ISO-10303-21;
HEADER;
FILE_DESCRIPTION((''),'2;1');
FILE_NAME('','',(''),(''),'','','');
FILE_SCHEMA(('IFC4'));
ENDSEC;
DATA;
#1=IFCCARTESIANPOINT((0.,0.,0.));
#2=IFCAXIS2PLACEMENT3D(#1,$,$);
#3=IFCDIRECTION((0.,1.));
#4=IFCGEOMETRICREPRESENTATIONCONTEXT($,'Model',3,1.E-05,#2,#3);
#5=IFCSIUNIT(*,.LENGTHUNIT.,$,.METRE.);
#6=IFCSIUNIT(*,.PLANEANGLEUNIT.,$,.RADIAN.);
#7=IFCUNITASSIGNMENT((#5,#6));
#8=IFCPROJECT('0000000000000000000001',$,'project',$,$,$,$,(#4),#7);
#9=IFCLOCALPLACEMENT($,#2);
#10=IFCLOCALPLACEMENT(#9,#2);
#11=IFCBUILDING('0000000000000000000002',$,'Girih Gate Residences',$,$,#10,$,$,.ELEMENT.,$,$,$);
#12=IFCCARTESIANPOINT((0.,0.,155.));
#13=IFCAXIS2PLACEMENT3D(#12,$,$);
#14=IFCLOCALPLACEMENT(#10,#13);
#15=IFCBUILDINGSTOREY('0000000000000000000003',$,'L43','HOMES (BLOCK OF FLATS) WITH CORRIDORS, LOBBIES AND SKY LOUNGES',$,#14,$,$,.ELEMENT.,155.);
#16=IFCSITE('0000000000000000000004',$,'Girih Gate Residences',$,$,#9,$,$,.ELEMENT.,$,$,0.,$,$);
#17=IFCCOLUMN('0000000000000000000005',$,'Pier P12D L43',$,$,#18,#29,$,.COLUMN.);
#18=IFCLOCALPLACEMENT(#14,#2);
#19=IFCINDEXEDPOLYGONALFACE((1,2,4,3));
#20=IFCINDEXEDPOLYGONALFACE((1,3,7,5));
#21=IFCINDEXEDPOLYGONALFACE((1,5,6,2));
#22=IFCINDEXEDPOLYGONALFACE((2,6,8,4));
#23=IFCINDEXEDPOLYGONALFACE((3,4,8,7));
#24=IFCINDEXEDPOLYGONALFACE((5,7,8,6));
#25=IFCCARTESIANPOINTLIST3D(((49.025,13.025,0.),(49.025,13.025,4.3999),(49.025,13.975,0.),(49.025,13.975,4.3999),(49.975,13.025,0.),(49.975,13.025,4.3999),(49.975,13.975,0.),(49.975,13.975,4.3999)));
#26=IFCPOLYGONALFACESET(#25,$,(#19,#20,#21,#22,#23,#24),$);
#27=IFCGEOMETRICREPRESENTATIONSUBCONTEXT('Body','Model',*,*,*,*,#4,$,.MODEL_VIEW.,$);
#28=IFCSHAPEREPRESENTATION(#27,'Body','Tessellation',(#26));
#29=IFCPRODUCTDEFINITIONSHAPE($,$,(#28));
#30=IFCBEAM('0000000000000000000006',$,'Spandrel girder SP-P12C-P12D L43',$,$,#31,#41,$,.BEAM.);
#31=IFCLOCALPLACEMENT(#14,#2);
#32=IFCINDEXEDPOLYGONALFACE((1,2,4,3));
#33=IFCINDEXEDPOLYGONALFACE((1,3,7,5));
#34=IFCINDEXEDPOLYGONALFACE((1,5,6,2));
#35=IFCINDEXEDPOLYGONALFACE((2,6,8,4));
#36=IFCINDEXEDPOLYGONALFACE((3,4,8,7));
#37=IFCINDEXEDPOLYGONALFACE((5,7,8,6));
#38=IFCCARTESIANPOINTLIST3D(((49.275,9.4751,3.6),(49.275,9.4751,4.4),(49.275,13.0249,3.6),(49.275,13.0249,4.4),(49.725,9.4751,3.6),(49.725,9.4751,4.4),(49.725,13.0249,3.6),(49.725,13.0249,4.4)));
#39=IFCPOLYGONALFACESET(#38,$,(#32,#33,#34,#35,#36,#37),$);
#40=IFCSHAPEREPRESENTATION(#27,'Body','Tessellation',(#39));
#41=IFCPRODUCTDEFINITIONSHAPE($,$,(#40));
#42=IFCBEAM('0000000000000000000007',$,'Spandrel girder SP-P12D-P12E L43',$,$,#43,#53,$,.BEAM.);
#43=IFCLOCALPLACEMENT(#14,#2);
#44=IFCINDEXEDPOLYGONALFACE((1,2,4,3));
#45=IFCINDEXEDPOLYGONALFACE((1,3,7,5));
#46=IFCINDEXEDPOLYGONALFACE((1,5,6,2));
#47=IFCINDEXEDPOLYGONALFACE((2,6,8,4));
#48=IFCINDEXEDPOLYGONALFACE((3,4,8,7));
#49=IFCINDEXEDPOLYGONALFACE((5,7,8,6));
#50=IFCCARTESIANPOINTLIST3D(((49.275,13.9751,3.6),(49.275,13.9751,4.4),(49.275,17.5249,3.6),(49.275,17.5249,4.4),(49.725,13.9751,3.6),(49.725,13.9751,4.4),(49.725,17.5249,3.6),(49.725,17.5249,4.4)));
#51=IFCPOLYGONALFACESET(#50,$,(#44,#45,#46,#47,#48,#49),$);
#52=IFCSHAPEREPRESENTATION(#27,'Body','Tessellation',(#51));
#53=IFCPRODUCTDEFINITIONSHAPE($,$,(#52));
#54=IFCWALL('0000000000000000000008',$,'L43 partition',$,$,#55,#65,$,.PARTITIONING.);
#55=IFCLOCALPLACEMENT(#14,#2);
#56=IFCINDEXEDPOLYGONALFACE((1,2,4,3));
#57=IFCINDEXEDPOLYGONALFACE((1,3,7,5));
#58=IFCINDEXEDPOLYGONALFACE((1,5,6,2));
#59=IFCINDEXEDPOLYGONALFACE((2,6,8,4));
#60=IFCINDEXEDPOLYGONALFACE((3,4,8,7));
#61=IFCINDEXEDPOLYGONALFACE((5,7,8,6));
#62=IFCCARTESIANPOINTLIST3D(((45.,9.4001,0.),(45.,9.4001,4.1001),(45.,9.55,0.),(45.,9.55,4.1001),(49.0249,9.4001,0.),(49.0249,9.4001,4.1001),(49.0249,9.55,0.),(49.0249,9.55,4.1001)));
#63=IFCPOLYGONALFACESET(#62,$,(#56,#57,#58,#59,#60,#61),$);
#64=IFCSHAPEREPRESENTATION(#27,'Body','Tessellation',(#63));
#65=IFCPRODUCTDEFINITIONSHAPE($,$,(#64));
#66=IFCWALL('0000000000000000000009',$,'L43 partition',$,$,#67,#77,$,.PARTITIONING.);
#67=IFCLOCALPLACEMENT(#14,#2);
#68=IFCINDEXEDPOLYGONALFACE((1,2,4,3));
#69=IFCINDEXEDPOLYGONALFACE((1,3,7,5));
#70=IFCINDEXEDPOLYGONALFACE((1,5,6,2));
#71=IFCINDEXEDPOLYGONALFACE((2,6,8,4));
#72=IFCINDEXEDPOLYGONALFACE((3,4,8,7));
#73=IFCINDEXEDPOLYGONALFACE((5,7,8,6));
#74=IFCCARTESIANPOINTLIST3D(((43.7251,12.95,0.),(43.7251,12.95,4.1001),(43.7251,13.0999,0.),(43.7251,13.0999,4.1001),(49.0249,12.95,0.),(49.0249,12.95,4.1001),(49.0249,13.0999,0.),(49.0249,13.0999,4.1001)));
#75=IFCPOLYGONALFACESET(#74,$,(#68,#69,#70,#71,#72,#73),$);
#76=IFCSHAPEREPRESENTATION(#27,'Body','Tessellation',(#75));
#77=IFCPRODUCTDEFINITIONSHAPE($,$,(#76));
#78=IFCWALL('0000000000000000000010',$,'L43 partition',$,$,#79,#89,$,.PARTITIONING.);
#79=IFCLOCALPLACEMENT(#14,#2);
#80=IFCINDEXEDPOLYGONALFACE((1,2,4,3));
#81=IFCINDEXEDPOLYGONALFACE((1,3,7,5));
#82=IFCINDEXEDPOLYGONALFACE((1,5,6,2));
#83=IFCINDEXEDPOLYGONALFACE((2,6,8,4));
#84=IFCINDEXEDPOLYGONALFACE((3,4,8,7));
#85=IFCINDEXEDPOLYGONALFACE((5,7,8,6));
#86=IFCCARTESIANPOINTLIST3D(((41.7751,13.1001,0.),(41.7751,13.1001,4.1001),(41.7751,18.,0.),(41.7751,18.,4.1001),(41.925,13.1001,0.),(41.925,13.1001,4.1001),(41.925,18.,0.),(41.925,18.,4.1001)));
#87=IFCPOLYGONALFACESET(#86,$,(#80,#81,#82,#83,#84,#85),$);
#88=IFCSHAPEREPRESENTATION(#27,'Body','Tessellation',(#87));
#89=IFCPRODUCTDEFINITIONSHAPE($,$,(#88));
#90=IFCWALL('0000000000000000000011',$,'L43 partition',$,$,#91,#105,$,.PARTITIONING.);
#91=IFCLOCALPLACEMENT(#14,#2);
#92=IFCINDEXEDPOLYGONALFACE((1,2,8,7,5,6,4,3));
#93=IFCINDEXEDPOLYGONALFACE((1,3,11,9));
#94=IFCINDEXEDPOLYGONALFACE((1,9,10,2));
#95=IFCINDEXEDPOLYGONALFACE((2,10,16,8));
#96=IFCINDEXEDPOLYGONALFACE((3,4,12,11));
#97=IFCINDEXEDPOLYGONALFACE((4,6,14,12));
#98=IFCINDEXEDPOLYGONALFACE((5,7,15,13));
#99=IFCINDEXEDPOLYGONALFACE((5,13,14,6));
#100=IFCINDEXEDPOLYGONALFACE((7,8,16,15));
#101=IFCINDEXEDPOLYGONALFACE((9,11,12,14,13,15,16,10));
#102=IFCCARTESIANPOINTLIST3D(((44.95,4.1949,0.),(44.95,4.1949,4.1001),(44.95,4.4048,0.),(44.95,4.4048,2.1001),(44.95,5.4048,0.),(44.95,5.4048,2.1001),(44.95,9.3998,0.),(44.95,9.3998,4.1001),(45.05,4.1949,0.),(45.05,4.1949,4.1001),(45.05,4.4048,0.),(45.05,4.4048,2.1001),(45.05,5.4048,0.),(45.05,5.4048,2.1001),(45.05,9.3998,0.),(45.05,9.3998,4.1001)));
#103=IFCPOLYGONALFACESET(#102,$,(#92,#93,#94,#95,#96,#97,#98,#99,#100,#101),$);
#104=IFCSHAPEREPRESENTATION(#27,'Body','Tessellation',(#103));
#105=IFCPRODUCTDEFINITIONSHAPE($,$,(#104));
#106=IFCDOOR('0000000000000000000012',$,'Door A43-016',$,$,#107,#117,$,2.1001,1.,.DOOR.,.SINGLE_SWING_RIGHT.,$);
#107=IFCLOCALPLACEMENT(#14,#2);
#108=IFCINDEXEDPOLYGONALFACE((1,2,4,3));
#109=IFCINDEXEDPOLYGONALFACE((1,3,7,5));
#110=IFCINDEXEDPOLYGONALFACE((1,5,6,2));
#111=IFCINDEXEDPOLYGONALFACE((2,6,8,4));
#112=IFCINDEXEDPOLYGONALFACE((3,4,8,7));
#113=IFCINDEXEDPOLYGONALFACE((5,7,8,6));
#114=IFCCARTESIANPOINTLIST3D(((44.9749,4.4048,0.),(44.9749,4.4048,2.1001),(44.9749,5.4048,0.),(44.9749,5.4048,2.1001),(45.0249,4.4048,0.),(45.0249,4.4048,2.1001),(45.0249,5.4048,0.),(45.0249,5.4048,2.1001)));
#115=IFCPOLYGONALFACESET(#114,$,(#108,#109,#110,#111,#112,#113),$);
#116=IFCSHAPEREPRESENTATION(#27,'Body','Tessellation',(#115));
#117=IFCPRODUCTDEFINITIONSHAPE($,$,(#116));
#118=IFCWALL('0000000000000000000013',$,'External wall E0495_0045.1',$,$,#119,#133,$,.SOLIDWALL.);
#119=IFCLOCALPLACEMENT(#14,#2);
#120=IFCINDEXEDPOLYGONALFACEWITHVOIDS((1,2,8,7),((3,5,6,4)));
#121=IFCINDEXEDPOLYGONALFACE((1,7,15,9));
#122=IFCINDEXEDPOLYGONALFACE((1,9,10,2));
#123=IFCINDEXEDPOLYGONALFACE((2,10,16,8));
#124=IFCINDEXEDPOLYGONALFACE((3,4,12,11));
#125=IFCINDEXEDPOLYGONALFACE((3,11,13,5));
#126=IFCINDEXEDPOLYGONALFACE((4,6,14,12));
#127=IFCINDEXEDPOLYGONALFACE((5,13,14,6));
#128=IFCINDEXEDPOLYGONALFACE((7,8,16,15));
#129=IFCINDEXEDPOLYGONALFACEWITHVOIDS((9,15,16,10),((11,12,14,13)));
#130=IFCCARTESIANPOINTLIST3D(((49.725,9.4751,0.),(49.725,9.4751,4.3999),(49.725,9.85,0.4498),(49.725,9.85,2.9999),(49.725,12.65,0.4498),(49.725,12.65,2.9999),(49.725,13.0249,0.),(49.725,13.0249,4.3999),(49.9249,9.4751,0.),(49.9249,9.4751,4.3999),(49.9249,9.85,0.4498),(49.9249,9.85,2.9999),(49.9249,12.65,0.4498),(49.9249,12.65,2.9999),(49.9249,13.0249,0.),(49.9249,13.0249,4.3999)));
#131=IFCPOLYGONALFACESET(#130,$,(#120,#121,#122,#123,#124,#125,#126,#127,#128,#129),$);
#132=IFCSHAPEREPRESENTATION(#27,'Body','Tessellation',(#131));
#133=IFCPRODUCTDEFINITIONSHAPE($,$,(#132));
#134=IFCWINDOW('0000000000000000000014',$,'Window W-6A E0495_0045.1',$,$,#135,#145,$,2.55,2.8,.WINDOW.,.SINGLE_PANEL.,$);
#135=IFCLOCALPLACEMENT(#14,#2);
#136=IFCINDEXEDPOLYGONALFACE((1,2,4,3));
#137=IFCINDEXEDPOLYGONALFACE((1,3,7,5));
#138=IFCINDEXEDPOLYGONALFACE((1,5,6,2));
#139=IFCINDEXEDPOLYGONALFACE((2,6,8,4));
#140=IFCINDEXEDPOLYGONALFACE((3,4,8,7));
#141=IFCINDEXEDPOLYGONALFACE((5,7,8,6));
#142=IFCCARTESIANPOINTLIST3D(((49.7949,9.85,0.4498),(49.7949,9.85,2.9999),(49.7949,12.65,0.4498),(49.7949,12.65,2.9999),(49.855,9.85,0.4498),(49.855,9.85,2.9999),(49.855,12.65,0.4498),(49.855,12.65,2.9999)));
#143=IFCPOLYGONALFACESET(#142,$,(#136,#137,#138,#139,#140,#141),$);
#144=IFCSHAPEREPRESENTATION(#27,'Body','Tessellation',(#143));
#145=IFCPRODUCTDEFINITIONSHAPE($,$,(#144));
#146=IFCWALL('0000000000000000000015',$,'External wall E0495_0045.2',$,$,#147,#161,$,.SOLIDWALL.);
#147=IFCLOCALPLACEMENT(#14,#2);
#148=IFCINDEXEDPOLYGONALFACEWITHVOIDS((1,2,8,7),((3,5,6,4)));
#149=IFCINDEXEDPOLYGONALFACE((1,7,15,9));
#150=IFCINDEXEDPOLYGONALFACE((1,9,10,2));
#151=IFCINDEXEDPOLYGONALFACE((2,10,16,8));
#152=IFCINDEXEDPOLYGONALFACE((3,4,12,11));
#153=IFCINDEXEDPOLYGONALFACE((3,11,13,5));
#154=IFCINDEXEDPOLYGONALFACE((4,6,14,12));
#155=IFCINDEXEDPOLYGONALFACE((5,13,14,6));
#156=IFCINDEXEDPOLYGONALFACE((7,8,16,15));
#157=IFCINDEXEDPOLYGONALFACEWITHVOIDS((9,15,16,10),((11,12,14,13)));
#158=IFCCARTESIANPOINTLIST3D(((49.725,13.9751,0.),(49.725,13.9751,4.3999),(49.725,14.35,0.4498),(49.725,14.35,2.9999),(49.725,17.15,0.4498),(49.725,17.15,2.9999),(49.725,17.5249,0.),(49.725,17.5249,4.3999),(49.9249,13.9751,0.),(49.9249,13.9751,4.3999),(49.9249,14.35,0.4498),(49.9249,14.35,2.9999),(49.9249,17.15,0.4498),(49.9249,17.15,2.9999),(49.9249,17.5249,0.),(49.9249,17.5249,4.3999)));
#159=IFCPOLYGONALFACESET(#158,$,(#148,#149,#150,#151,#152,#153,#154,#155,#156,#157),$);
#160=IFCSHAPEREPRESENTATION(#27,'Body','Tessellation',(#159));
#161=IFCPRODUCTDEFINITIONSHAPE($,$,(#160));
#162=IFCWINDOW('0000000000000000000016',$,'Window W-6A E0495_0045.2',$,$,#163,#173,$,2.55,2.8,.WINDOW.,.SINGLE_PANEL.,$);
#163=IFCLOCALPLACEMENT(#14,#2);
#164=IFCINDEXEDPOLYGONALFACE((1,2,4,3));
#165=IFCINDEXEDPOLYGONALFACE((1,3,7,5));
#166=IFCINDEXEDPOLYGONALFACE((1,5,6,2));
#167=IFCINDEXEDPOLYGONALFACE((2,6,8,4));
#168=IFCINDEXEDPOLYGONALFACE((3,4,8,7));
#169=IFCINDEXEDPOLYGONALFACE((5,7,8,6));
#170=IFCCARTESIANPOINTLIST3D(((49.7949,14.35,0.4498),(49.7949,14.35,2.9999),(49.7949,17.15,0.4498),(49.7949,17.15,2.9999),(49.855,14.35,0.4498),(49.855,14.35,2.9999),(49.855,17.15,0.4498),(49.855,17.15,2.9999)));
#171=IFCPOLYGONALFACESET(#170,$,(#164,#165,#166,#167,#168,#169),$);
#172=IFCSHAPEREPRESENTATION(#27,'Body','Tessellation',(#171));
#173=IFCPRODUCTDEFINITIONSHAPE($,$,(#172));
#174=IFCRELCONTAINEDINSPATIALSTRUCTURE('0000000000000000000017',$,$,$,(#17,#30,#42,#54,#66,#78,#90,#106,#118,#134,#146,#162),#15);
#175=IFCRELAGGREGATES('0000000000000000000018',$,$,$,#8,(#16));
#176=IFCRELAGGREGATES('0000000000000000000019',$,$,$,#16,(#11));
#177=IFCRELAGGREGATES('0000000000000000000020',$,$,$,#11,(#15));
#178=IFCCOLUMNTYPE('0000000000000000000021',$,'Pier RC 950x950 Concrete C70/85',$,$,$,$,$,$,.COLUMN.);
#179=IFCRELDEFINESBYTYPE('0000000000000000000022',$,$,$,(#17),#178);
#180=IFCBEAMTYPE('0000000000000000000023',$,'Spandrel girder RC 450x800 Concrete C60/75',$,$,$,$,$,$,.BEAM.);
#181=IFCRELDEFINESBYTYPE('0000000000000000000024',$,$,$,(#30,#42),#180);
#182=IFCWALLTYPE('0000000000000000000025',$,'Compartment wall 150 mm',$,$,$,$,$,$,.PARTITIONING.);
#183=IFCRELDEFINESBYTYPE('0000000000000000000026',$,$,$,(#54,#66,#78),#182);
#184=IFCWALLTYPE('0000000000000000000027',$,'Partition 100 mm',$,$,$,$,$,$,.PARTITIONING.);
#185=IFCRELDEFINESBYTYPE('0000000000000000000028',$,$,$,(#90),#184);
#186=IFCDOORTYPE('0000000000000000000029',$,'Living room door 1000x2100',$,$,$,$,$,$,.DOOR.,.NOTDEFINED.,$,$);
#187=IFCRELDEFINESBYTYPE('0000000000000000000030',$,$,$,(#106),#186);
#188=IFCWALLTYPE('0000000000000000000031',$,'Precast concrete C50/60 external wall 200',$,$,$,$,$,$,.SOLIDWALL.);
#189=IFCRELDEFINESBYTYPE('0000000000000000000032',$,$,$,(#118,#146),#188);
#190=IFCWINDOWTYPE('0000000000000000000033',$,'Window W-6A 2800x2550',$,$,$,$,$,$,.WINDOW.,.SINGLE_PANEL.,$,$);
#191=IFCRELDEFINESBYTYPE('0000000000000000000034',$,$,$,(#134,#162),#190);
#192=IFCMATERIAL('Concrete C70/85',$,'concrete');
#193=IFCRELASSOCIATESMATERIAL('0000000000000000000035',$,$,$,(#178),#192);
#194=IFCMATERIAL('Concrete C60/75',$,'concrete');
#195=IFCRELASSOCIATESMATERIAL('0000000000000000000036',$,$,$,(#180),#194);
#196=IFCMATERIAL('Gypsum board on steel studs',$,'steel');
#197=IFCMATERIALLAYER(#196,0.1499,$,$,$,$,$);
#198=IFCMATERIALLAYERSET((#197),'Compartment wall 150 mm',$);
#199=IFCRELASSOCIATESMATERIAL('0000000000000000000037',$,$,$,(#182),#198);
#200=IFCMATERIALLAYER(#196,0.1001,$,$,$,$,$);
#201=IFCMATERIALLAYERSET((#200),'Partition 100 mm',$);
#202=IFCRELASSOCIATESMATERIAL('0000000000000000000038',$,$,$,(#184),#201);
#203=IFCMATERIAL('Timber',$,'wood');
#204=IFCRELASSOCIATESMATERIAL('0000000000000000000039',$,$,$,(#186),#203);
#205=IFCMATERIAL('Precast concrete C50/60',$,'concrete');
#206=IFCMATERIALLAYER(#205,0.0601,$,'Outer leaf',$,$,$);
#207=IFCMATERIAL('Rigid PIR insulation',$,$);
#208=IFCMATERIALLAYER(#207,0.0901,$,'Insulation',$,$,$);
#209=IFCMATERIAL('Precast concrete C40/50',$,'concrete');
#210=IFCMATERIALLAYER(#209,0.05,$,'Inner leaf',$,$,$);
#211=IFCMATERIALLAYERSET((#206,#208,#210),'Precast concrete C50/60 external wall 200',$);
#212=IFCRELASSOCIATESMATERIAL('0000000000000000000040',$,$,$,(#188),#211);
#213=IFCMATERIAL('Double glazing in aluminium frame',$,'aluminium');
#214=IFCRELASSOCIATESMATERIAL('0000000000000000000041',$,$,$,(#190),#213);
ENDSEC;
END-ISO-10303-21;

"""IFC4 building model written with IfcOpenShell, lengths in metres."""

from ifc_helpers import new_model, si_unit, direction, frame, frame_2d, origin, origin_2d, place, context, subcontext, project, spatial, rectangle, extrude, material, layer, layer_set, material_profile, profile_set, type_object, element, fill, save


model = new_model("IFC4")

# Units and contexts
model_context = context("Model", 3, precision=1e-05, world=origin(), true_north=direction((0.0, 1.0)))
body_context = subcontext(model_context, "Body", "Model", "MODEL_VIEW")
ifc_project = project(units=[si_unit("LENGTHUNIT", "METRE"), si_unit("PLANEANGLEUNIT", "RADIAN")], contexts=[model_context])

# Site, building, storey
site_placement = place(None, origin())
site = spatial("IfcSite", under=ifc_project, at=site_placement, Name="Girih Gate Residences", CompositionType="ELEMENT", RefElevation=0.0)
building_placement = place(site_placement, origin())
building = spatial("IfcBuilding", under=site, at=building_placement, Name="Girih Gate Residences", CompositionType="ELEMENT")
storey_placement = place(building_placement, frame((0.0, 0.0, 155.0)))
storey = spatial("IfcBuildingStorey", under=building, at=storey_placement, Name="L43", Description="HOMES (BLOCK OF FLATS) WITH CORRIDORS, LOBBIES AND SKY LOUNGES", CompositionType="ELEMENT", Elevation=155.0)

# Column
ifc_material_1 = material(Name="Concrete C70/85", Category="concrete")
ifc_material_profile_1 = material_profile(ifc_material_1, rectangle(XDim=0.95, YDim=0.95, at=origin_2d()))
ifc_profile_set_1 = profile_set([ifc_material_profile_1], Name="Concrete C70/85")
column_type = type_object("IfcColumnType", Name="Pier RC 950x950 Concrete C70/85", PredefinedType="COLUMN", material=ifc_profile_set_1)
column_placement = place(storey_placement, frame((49.5, 13.5, 0.0), z_axis=(0.0, 0.0, 1.0), x_axis=(1.0, 0.0, 0.0)))
element("IfcColumn", 1, at=column_placement, inside=storey, type_object=column_type, Name="Pier P12D L43", PredefinedType="COLUMN", context=body_context, shape_type="SweptSolid", body=[
    extrude(rectangle(XDim=0.95, YDim=0.95, at=origin_2d()), origin(), (0.0, 0.0, 1.0), 4.3999),
])

# Beams
ifc_material_2 = material(Name="Concrete C60/75", Category="concrete")
ifc_material_profile_2 = material_profile(ifc_material_2, rectangle(XDim=0.45, YDim=0.8, at=origin_2d()))
ifc_profile_set_2 = profile_set([ifc_material_profile_2], Name="Concrete C60/75")
beam_type = type_object("IfcBeamType", Name="Spandrel girder RC 450x800 Concrete C60/75", PredefinedType="BEAM", material=ifc_profile_set_2)
for number, where, z_axis, x_axis, name in (
    (2, (49.5, 9.4751, 4.0), (0.0, 1.0, 0.0), (-1.0, 0.0, 0.0), "Spandrel girder SP-P12C-P12D L43"),
    (3, (49.5, 13.9751, 4.0), (0.0, 1.0, 0.0), (-1.0, 0.0, 0.0), "Spandrel girder SP-P12D-P12E L43"),
):
    element("IfcBeam", number, at=place(storey_placement, frame(where, z_axis=z_axis, x_axis=x_axis)), inside=storey, type_object=beam_type, Name=name, PredefinedType="BEAM", context=body_context, shape_type="SweptSolid", body=[
        extrude(rectangle(XDim=0.45, YDim=0.8, at=origin_2d()), origin(), (0.0, 0.0, 1.0), 3.5498),
    ])

# Shared definitions
ifc_material_3 = material(Name="Gypsum board on steel studs", Category="steel")
ifc_layer_1 = layer(ifc_material_3, 0.1499)
ifc_layer_set_1 = layer_set([ifc_layer_1], Name="Compartment wall 150 mm")
wall_type_1 = type_object("IfcWallType", Name="Compartment wall 150 mm", PredefinedType="PARTITIONING", material=ifc_layer_set_1)

# Wall
wall_1_placement = place(storey_placement, frame((45.0, 9.4751, 0.0), z_axis=(0.0, 0.0, 1.0), x_axis=(1.0, 0.0, 0.0)))
element("IfcWall", 4, at=wall_1_placement, inside=storey, type_object=wall_type_1, Name="L43 partition", PredefinedType="PARTITIONING", context=body_context, shape_type="SweptSolid", body=[
    extrude(rectangle(XDim=4.0249, YDim=0.1499, at=frame_2d((2.0125, 0.0))), origin(), (0.0, 0.0, 1.0), 4.1001),
])

# Walls
wall_2_placement = place(storey_placement, frame((43.7251, 13.0249, 0.0), z_axis=(0.0, 0.0, 1.0), x_axis=(1.0, 0.0, 0.0)))
element("IfcWall", 5, at=wall_2_placement, inside=storey, type_object=wall_type_1, Name="L43 partition", PredefinedType="PARTITIONING", context=body_context, shape_type="SweptSolid", body=[
    extrude(rectangle(XDim=5.2998, YDim=0.1499, at=frame_2d((2.6499, 0.0))), origin(), (0.0, 0.0, 1.0), 4.1001),
])
wall_3_placement = place(storey_placement, frame((41.8501, 13.1001, 0.0), z_axis=(0.0, 0.0, 1.0), x_axis=(0.0, 1.0, 0.0)))
element("IfcWall", 6, at=wall_3_placement, inside=storey, type_object=wall_type_1, Name="L43 partition", PredefinedType="PARTITIONING", context=body_context, shape_type="SweptSolid", body=[
    extrude(rectangle(XDim=4.8999, YDim=0.1499, at=frame_2d((2.45, 0.0))), origin(), (0.0, 0.0, 1.0), 4.1001),
])

# Wall, opening, door
ifc_layer_2 = layer(ifc_material_3, 0.1001)
ifc_layer_set_2 = layer_set([ifc_layer_2], Name="Partition 100 mm")
wall_type_2 = type_object("IfcWallType", Name="Partition 100 mm", PredefinedType="PARTITIONING", material=ifc_layer_set_2)
wall_4_placement = place(storey_placement, frame((45.0, 9.3999, 0.0), z_axis=(0.0, 0.0, 1.0), x_axis=(0.0, -1.0, 0.0)))
wall_4 = element("IfcWall", 7, at=wall_4_placement, inside=storey, type_object=wall_type_2, Name="L43 partition", PredefinedType="PARTITIONING", context=body_context, shape_type="SweptSolid", body=[
    extrude(rectangle(XDim=5.2048, YDim=0.1001, at=frame_2d((2.6025, 0.0))), origin(), (0.0, 0.0, 1.0), 4.1001),
])
opening_1_placement = place(wall_4_placement, frame((3.9951, 0.0, 0.0)))
opening_1 = element("IfcOpeningElement", 8, at=opening_1_placement, cuts=wall_4, PredefinedType="OPENING", context=body_context, shape_type="SweptSolid", body=[
    extrude(rectangle(XDim=1.0, YDim=2.1001, at=frame_2d((0.5, 1.05))), frame((0.0, 0.0601, 0.0), z_axis=(0.0, -1.0, 0.0), x_axis=(1.0, 0.0, 0.0)), (0.0, 0.0, 1.0), 0.1201),
])
ifc_material_4 = material(Name="Timber", Category="wood")
door_type_1 = type_object("IfcDoorType", Name="Living room door 1000x2100", OperationType="NOTDEFINED", PredefinedType="DOOR", material=ifc_material_4)
door_1_placement = place(opening_1_placement, origin())
door_1 = element("IfcDoor", 9, at=door_1_placement, inside=storey, type_object=door_type_1, Name="Door A43-016", OperationType="SINGLE_SWING_RIGHT", OverallHeight=2.1001, OverallWidth=1.0, PredefinedType="DOOR", context=body_context, shape_type="SweptSolid", body=[
    extrude(rectangle(XDim=1.0, YDim=2.1001, at=frame_2d((0.5, 1.05))), frame((0.0, 0.0249, 0.0), z_axis=(0.0, -1.0, 0.0), x_axis=(1.0, 0.0, 0.0)), (0.0, 0.0, 1.0), 0.05),
])
fill(opening_1, door_1)

# Walls, openings, windows
ifc_material_5 = material(Name="Precast concrete C50/60", Category="concrete")
ifc_layer_3 = layer(ifc_material_5, 0.0601, Name="Outer leaf")
ifc_material_6 = material(Name="Rigid PIR insulation")
ifc_layer_4 = layer(ifc_material_6, 0.0901, Name="Insulation")
ifc_material_7 = material(Name="Precast concrete C40/50", Category="concrete")
ifc_layer_5 = layer(ifc_material_7, 0.05, Name="Inner leaf")
ifc_layer_set_3 = layer_set([ifc_layer_3, ifc_layer_4, ifc_layer_5], Name="Precast concrete C50/60 external wall 200")
wall_type_3 = type_object("IfcWallType", Name="Precast concrete C50/60 external wall 200", PredefinedType="SOLIDWALL", material=ifc_layer_set_3)
wall_5_placement = place(storey_placement, frame((49.825, 13.0249, 0.0), z_axis=(0.0, 0.0, 1.0), x_axis=(0.0, -1.0, 0.0)))
wall_5 = element("IfcWall", 10, at=wall_5_placement, inside=storey, type_object=wall_type_3, Name="External wall E0495_0045.1", PredefinedType="SOLIDWALL", context=body_context, shape_type="SweptSolid", body=[
    extrude(rectangle(XDim=3.5498, YDim=0.2, at=frame_2d((1.7749, 0.0))), origin(), (0.0, 0.0, 1.0), 4.3999),
])
opening_2_placement = place(wall_5_placement, frame((0.375, 0.0, 0.45)))
opening_2 = element("IfcOpeningElement", 11, at=opening_2_placement, cuts=wall_5, PredefinedType="OPENING", context=body_context, shape_type="SweptSolid", body=[
    extrude(rectangle(XDim=2.8, YDim=2.55, at=frame_2d((1.3999, 1.2749))), frame((0.0, 0.1099, 0.0), z_axis=(0.0, -1.0, 0.0), x_axis=(1.0, 0.0, 0.0)), (0.0, 0.0, 1.0), 0.22),
])
ifc_material_8 = material(Name="Double glazing in aluminium frame", Category="aluminium")
window_type = type_object("IfcWindowType", Name="Window W-6A 2800x2550", PartitioningType="SINGLE_PANEL", PredefinedType="WINDOW", material=ifc_material_8)
window_1_placement = place(opening_2_placement, origin())
window_1 = element("IfcWindow", 12, at=window_1_placement, inside=storey, type_object=window_type, Name="Window W-6A E0495_0045.1", OverallHeight=2.55, OverallWidth=2.8, PartitioningType="SINGLE_PANEL", PredefinedType="WINDOW", context=body_context, shape_type="SweptSolid", body=[
    extrude(rectangle(XDim=2.8, YDim=2.55, at=frame_2d((1.3999, 1.2749))), frame((0.0, 0.03, 0.0), z_axis=(0.0, -1.0, 0.0), x_axis=(1.0, 0.0, 0.0)), (0.0, 0.0, 1.0), 0.0601),
])
fill(opening_2, window_1)
wall_6_placement = place(storey_placement, frame((49.825, 17.5249, 0.0), z_axis=(0.0, 0.0, 1.0), x_axis=(0.0, -1.0, 0.0)))
wall_6 = element("IfcWall", 13, at=wall_6_placement, inside=storey, type_object=wall_type_3, Name="External wall E0495_0045.2", PredefinedType="SOLIDWALL", context=body_context, shape_type="SweptSolid", body=[
    extrude(rectangle(XDim=3.5498, YDim=0.2, at=frame_2d((1.7749, 0.0))), origin(), (0.0, 0.0, 1.0), 4.3999),
])
opening_3_placement = place(wall_6_placement, frame((0.375, 0.0, 0.45)))
opening_3 = element("IfcOpeningElement", 14, at=opening_3_placement, cuts=wall_6, PredefinedType="OPENING", context=body_context, shape_type="SweptSolid", body=[
    extrude(rectangle(XDim=2.8, YDim=2.55, at=frame_2d((1.3999, 1.2749))), frame((0.0, 0.1099, 0.0), z_axis=(0.0, -1.0, 0.0), x_axis=(1.0, 0.0, 0.0)), (0.0, 0.0, 1.0), 0.22),
])
window_2_placement = place(opening_3_placement, origin())
window_2 = element("IfcWindow", 15, at=window_2_placement, inside=storey, type_object=window_type, Name="Window W-6A E0495_0045.2", OverallHeight=2.55, OverallWidth=2.8, PartitioningType="SINGLE_PANEL", PredefinedType="WINDOW", context=body_context, shape_type="SweptSolid", body=[
    extrude(rectangle(XDim=2.8, YDim=2.55, at=frame_2d((1.3999, 1.2749))), frame((0.0, 0.03, 0.0), z_axis=(0.0, -1.0, 0.0), x_axis=(1.0, 0.0, 0.0)), (0.0, 0.0, 1.0), 0.0601),
])
fill(opening_3, window_2)

save(model, "model.ifc")
